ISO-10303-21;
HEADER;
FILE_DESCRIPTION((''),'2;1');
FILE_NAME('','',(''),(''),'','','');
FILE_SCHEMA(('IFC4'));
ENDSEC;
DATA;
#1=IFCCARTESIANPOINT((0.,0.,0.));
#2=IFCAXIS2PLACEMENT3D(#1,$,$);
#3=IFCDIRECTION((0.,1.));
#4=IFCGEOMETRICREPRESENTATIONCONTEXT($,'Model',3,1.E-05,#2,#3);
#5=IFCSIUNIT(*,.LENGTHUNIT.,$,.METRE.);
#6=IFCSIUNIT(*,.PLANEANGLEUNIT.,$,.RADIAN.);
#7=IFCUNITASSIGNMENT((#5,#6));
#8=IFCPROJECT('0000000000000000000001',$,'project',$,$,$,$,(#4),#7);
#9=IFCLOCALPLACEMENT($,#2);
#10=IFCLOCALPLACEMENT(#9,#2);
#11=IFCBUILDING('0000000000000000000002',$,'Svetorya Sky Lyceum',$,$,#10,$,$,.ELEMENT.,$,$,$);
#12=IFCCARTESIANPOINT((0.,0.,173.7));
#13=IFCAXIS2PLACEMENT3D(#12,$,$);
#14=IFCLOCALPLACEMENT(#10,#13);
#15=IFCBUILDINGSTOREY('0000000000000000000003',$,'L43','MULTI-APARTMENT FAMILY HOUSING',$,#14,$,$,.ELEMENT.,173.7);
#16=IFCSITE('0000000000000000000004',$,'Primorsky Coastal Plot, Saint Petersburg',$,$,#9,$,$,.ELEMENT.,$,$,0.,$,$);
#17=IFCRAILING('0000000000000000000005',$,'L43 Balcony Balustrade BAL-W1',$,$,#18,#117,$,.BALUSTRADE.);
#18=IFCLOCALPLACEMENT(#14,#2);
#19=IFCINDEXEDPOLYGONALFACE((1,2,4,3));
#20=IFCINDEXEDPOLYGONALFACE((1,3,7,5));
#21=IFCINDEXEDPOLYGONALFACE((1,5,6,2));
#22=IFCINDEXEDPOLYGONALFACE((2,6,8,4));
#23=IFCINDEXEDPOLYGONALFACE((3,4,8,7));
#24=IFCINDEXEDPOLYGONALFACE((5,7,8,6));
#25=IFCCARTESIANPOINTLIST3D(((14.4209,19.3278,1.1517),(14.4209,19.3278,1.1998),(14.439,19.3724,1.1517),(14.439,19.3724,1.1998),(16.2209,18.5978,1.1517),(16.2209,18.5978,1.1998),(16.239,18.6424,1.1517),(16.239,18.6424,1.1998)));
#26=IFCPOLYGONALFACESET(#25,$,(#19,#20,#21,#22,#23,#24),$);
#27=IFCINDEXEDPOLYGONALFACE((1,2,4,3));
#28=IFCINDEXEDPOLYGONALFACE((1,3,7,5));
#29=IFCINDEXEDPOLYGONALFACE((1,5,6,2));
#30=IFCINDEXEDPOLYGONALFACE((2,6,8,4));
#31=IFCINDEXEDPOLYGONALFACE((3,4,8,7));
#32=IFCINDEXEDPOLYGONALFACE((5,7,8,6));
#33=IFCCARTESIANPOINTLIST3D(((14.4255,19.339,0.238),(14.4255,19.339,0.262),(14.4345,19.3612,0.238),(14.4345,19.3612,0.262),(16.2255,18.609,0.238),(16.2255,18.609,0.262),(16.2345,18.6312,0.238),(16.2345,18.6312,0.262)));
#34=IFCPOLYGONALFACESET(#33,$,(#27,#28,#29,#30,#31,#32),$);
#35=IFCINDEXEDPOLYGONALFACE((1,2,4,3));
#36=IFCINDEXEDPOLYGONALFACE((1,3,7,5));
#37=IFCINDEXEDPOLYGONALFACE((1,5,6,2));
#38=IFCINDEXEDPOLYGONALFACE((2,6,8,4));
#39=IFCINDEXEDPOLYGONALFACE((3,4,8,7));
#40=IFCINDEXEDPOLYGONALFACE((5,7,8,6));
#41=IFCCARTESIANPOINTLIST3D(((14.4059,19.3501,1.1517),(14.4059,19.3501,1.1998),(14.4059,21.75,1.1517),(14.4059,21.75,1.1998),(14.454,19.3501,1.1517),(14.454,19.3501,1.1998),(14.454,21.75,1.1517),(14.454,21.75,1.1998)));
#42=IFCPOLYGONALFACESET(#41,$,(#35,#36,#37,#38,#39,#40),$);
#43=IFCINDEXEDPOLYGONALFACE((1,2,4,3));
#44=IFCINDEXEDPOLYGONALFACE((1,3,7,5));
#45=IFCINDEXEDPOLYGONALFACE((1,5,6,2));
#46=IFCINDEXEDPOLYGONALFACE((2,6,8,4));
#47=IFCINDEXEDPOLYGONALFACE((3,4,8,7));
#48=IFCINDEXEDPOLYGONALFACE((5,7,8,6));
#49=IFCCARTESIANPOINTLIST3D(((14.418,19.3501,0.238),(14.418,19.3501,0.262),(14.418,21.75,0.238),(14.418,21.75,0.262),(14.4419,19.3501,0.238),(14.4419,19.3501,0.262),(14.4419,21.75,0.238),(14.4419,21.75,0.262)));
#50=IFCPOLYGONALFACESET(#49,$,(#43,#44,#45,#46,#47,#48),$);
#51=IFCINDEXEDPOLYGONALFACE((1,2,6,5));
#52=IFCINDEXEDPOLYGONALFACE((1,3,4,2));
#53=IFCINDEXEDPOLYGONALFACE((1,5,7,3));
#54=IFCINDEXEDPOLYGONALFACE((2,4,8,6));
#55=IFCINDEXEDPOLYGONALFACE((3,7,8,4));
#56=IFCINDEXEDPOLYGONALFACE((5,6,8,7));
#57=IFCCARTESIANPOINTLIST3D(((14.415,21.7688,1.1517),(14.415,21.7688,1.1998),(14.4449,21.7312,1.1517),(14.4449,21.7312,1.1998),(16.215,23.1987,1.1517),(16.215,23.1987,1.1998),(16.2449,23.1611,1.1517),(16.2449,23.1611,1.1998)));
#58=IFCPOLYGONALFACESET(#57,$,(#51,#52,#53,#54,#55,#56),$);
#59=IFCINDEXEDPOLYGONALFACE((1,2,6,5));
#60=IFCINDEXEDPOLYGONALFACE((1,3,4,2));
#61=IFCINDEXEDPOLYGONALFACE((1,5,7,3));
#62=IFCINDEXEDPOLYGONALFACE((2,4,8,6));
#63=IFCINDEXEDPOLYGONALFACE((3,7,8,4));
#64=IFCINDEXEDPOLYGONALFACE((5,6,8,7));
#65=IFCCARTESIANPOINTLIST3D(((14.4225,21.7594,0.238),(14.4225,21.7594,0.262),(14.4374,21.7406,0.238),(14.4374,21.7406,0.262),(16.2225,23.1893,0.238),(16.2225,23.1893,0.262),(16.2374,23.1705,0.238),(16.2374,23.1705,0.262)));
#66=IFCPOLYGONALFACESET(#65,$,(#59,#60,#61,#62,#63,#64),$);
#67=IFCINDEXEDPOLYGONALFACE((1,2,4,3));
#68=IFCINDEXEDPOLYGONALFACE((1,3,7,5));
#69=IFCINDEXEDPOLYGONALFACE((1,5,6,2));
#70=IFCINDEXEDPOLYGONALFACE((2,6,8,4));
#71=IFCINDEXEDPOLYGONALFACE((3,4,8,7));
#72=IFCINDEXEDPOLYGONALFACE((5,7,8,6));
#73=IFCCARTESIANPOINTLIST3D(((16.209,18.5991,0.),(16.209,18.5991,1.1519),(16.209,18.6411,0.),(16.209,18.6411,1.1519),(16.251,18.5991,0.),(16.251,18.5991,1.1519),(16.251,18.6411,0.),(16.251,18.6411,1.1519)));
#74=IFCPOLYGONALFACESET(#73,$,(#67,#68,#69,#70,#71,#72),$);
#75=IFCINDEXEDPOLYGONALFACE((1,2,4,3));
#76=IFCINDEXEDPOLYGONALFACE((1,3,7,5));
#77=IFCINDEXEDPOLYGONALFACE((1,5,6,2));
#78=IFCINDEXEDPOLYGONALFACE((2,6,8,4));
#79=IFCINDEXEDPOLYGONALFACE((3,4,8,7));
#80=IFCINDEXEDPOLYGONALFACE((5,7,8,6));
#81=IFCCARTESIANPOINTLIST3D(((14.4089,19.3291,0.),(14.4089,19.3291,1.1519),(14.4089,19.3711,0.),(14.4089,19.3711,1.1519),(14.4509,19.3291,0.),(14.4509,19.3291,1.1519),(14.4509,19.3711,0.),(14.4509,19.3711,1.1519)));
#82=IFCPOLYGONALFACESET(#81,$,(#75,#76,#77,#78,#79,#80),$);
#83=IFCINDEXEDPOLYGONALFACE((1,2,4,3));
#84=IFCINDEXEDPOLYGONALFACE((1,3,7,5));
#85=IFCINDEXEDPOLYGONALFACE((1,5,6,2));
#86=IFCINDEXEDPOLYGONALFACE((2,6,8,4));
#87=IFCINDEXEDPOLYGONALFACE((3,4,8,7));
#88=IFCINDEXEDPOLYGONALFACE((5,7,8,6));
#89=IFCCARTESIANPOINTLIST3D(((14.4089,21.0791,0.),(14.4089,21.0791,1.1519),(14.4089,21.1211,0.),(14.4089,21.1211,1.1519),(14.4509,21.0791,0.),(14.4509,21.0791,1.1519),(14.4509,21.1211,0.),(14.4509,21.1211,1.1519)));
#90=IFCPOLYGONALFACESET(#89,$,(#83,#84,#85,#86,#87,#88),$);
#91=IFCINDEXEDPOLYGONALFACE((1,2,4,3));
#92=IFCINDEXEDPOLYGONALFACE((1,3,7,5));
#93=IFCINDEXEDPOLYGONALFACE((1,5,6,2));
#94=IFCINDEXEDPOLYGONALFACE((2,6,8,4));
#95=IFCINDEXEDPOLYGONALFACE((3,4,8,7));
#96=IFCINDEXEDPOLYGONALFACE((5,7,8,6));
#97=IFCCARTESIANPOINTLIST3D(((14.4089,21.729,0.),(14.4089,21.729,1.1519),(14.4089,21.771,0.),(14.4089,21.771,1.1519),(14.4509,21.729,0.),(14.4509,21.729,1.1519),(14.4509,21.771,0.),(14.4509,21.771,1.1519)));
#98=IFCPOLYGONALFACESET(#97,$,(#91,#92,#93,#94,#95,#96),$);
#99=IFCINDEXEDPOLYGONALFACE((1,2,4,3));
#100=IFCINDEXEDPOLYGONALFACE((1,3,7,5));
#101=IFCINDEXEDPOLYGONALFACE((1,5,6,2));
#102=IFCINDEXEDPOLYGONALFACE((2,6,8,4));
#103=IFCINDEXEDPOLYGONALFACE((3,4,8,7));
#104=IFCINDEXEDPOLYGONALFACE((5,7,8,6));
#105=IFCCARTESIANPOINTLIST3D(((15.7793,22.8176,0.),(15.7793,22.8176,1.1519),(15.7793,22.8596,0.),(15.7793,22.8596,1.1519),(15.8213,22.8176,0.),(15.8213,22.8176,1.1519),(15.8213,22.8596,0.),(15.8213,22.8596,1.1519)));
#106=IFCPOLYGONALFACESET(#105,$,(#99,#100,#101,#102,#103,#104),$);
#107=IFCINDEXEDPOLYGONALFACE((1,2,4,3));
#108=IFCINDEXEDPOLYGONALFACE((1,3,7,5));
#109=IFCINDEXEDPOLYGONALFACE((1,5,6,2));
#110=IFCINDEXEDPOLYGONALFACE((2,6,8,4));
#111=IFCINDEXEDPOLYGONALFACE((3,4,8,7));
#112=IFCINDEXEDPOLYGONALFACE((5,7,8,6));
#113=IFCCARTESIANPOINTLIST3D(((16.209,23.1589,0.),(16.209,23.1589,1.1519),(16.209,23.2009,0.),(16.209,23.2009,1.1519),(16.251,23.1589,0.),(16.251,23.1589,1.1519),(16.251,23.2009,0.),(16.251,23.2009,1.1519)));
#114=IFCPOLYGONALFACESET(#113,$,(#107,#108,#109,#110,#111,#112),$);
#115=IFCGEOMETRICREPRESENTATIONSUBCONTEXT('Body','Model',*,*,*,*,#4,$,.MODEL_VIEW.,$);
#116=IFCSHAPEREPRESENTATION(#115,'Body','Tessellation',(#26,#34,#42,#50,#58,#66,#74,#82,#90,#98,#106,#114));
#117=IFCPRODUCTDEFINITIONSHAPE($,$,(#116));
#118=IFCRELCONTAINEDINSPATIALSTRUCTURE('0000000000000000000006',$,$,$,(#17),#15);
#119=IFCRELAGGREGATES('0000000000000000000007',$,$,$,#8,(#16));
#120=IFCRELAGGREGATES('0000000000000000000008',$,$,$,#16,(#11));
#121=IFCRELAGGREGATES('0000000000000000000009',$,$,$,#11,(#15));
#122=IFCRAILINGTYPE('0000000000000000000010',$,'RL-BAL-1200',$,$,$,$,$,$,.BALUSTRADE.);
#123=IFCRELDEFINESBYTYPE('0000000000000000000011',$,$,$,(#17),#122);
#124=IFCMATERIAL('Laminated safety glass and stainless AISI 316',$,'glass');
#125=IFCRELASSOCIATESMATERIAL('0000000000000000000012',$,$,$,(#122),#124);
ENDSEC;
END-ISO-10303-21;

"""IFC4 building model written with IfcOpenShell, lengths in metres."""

from ifc_helpers import new_model, si_unit, direction, frame, origin, origin_2d, place, context, subcontext, project, spatial, rectangle, extrude, material, type_object, element, save


model = new_model("IFC4")

# Units and contexts
model_context = context("Model", 3, precision=1e-05, world=origin(), true_north=direction((0.0, 1.0)))
body_context = subcontext(model_context, "Body", "Model", "MODEL_VIEW")
ifc_project = project(units=[si_unit("LENGTHUNIT", "METRE"), si_unit("PLANEANGLEUNIT", "RADIAN")], contexts=[model_context])

# Site, building, storey
site_placement = place(None, origin())
site = spatial("IfcSite", under=ifc_project, at=site_placement, Name="Primorsky Coastal Plot, Saint Petersburg", CompositionType="ELEMENT", RefElevation=0.0)
building_placement = place(site_placement, origin())
building = spatial("IfcBuilding", under=site, at=building_placement, Name="Svetorya Sky Lyceum", CompositionType="ELEMENT")
storey_placement = place(building_placement, frame((0.0, 0.0, 173.7)))
storey = spatial("IfcBuildingStorey", under=building, at=storey_placement, Name="L43", Description="MULTI-APARTMENT FAMILY HOUSING", CompositionType="ELEMENT", Elevation=173.7)

# Railing
ifc_material_1 = material(Name="Laminated safety glass and stainless AISI 316", Category="glass")
railing_type = type_object("IfcRailingType", Name="RL-BAL-1200", PredefinedType="BALUSTRADE", material=ifc_material_1)
railing_placement = place(storey_placement, frame((16.23, 18.6201, 0.0)))
element("IfcRailing", 1, at=railing_placement, inside=storey, type_object=railing_type, Name="L43 Balcony Balustrade BAL-W1", PredefinedType="BALUSTRADE", context=body_context, shape_type="SweptSolid", body=[
    extrude(rectangle(XDim=0.0481, YDim=0.0481, at=origin_2d()), frame((0.0, 0.0, 1.1758), z_axis=(-0.926698, 0.375807, 0.0), x_axis=(-0.375807, -0.926698, 0.0)), (0.0, 0.0, 1.0), 1.9424),
    extrude(rectangle(XDim=0.0239, YDim=0.0239, at=origin_2d()), frame((0.0, 0.0, 0.25), z_axis=(-0.926698, 0.375807, 0.0), x_axis=(-0.375807, -0.926698, 0.0)), (0.0, 0.0, 1.0), 1.9424),
    extrude(rectangle(XDim=0.0481, YDim=0.0481, at=origin_2d()), frame((-1.8, 0.73, 1.1758), z_axis=(0.0, 1.0, 0.0), x_axis=(-1.0, 0.0, 0.0)), (0.0, 0.0, 1.0), 2.3999),
    extrude(rectangle(XDim=0.0239, YDim=0.0239, at=origin_2d()), frame((-1.8, 0.73, 0.25), z_axis=(0.0, 1.0, 0.0), x_axis=(-1.0, 0.0, 0.0)), (0.0, 0.0, 1.0), 2.3999),
    extrude(rectangle(XDim=0.0481, YDim=0.0481, at=origin_2d()), frame((-1.8, 3.1299, 1.1758), z_axis=(0.783009, 0.62201, 0.0), x_axis=(-0.62201, 0.783009, 0.0)), (0.0, 0.0, 1.0), 2.2988),
    extrude(rectangle(XDim=0.0239, YDim=0.0239, at=origin_2d()), frame((-1.8, 3.1299, 0.25), z_axis=(0.783009, 0.62201, 0.0), x_axis=(-0.62201, 0.783009, 0.0)), (0.0, 0.0, 1.0), 2.2988),
    extrude(rectangle(XDim=0.042, YDim=0.042, at=origin_2d()), origin(), (0.0, 0.0, 1.0), 1.1519),
    extrude(rectangle(XDim=0.042, YDim=0.042, at=origin_2d()), frame((-1.8, 0.73, 0.0)), (0.0, 0.0, 1.0), 1.1519),
    extrude(rectangle(XDim=0.042, YDim=0.042, at=origin_2d()), frame((-1.8, 2.48, 0.0)), (0.0, 0.0, 1.0), 1.1519),
    extrude(rectangle(XDim=0.042, YDim=0.042, at=origin_2d()), frame((-1.8, 3.1299, 0.0)), (0.0, 0.0, 1.0), 1.1519),
    extrude(rectangle(XDim=0.042, YDim=0.042, at=origin_2d()), frame((-0.4297, 4.2185, 0.0)), (0.0, 0.0, 1.0), 1.1519),
    extrude(rectangle(XDim=0.042, YDim=0.042, at=origin_2d()), frame((0.0, 4.5598, 0.0)), (0.0, 0.0, 1.0), 1.1519),
])

save(model, "model.ifc")
